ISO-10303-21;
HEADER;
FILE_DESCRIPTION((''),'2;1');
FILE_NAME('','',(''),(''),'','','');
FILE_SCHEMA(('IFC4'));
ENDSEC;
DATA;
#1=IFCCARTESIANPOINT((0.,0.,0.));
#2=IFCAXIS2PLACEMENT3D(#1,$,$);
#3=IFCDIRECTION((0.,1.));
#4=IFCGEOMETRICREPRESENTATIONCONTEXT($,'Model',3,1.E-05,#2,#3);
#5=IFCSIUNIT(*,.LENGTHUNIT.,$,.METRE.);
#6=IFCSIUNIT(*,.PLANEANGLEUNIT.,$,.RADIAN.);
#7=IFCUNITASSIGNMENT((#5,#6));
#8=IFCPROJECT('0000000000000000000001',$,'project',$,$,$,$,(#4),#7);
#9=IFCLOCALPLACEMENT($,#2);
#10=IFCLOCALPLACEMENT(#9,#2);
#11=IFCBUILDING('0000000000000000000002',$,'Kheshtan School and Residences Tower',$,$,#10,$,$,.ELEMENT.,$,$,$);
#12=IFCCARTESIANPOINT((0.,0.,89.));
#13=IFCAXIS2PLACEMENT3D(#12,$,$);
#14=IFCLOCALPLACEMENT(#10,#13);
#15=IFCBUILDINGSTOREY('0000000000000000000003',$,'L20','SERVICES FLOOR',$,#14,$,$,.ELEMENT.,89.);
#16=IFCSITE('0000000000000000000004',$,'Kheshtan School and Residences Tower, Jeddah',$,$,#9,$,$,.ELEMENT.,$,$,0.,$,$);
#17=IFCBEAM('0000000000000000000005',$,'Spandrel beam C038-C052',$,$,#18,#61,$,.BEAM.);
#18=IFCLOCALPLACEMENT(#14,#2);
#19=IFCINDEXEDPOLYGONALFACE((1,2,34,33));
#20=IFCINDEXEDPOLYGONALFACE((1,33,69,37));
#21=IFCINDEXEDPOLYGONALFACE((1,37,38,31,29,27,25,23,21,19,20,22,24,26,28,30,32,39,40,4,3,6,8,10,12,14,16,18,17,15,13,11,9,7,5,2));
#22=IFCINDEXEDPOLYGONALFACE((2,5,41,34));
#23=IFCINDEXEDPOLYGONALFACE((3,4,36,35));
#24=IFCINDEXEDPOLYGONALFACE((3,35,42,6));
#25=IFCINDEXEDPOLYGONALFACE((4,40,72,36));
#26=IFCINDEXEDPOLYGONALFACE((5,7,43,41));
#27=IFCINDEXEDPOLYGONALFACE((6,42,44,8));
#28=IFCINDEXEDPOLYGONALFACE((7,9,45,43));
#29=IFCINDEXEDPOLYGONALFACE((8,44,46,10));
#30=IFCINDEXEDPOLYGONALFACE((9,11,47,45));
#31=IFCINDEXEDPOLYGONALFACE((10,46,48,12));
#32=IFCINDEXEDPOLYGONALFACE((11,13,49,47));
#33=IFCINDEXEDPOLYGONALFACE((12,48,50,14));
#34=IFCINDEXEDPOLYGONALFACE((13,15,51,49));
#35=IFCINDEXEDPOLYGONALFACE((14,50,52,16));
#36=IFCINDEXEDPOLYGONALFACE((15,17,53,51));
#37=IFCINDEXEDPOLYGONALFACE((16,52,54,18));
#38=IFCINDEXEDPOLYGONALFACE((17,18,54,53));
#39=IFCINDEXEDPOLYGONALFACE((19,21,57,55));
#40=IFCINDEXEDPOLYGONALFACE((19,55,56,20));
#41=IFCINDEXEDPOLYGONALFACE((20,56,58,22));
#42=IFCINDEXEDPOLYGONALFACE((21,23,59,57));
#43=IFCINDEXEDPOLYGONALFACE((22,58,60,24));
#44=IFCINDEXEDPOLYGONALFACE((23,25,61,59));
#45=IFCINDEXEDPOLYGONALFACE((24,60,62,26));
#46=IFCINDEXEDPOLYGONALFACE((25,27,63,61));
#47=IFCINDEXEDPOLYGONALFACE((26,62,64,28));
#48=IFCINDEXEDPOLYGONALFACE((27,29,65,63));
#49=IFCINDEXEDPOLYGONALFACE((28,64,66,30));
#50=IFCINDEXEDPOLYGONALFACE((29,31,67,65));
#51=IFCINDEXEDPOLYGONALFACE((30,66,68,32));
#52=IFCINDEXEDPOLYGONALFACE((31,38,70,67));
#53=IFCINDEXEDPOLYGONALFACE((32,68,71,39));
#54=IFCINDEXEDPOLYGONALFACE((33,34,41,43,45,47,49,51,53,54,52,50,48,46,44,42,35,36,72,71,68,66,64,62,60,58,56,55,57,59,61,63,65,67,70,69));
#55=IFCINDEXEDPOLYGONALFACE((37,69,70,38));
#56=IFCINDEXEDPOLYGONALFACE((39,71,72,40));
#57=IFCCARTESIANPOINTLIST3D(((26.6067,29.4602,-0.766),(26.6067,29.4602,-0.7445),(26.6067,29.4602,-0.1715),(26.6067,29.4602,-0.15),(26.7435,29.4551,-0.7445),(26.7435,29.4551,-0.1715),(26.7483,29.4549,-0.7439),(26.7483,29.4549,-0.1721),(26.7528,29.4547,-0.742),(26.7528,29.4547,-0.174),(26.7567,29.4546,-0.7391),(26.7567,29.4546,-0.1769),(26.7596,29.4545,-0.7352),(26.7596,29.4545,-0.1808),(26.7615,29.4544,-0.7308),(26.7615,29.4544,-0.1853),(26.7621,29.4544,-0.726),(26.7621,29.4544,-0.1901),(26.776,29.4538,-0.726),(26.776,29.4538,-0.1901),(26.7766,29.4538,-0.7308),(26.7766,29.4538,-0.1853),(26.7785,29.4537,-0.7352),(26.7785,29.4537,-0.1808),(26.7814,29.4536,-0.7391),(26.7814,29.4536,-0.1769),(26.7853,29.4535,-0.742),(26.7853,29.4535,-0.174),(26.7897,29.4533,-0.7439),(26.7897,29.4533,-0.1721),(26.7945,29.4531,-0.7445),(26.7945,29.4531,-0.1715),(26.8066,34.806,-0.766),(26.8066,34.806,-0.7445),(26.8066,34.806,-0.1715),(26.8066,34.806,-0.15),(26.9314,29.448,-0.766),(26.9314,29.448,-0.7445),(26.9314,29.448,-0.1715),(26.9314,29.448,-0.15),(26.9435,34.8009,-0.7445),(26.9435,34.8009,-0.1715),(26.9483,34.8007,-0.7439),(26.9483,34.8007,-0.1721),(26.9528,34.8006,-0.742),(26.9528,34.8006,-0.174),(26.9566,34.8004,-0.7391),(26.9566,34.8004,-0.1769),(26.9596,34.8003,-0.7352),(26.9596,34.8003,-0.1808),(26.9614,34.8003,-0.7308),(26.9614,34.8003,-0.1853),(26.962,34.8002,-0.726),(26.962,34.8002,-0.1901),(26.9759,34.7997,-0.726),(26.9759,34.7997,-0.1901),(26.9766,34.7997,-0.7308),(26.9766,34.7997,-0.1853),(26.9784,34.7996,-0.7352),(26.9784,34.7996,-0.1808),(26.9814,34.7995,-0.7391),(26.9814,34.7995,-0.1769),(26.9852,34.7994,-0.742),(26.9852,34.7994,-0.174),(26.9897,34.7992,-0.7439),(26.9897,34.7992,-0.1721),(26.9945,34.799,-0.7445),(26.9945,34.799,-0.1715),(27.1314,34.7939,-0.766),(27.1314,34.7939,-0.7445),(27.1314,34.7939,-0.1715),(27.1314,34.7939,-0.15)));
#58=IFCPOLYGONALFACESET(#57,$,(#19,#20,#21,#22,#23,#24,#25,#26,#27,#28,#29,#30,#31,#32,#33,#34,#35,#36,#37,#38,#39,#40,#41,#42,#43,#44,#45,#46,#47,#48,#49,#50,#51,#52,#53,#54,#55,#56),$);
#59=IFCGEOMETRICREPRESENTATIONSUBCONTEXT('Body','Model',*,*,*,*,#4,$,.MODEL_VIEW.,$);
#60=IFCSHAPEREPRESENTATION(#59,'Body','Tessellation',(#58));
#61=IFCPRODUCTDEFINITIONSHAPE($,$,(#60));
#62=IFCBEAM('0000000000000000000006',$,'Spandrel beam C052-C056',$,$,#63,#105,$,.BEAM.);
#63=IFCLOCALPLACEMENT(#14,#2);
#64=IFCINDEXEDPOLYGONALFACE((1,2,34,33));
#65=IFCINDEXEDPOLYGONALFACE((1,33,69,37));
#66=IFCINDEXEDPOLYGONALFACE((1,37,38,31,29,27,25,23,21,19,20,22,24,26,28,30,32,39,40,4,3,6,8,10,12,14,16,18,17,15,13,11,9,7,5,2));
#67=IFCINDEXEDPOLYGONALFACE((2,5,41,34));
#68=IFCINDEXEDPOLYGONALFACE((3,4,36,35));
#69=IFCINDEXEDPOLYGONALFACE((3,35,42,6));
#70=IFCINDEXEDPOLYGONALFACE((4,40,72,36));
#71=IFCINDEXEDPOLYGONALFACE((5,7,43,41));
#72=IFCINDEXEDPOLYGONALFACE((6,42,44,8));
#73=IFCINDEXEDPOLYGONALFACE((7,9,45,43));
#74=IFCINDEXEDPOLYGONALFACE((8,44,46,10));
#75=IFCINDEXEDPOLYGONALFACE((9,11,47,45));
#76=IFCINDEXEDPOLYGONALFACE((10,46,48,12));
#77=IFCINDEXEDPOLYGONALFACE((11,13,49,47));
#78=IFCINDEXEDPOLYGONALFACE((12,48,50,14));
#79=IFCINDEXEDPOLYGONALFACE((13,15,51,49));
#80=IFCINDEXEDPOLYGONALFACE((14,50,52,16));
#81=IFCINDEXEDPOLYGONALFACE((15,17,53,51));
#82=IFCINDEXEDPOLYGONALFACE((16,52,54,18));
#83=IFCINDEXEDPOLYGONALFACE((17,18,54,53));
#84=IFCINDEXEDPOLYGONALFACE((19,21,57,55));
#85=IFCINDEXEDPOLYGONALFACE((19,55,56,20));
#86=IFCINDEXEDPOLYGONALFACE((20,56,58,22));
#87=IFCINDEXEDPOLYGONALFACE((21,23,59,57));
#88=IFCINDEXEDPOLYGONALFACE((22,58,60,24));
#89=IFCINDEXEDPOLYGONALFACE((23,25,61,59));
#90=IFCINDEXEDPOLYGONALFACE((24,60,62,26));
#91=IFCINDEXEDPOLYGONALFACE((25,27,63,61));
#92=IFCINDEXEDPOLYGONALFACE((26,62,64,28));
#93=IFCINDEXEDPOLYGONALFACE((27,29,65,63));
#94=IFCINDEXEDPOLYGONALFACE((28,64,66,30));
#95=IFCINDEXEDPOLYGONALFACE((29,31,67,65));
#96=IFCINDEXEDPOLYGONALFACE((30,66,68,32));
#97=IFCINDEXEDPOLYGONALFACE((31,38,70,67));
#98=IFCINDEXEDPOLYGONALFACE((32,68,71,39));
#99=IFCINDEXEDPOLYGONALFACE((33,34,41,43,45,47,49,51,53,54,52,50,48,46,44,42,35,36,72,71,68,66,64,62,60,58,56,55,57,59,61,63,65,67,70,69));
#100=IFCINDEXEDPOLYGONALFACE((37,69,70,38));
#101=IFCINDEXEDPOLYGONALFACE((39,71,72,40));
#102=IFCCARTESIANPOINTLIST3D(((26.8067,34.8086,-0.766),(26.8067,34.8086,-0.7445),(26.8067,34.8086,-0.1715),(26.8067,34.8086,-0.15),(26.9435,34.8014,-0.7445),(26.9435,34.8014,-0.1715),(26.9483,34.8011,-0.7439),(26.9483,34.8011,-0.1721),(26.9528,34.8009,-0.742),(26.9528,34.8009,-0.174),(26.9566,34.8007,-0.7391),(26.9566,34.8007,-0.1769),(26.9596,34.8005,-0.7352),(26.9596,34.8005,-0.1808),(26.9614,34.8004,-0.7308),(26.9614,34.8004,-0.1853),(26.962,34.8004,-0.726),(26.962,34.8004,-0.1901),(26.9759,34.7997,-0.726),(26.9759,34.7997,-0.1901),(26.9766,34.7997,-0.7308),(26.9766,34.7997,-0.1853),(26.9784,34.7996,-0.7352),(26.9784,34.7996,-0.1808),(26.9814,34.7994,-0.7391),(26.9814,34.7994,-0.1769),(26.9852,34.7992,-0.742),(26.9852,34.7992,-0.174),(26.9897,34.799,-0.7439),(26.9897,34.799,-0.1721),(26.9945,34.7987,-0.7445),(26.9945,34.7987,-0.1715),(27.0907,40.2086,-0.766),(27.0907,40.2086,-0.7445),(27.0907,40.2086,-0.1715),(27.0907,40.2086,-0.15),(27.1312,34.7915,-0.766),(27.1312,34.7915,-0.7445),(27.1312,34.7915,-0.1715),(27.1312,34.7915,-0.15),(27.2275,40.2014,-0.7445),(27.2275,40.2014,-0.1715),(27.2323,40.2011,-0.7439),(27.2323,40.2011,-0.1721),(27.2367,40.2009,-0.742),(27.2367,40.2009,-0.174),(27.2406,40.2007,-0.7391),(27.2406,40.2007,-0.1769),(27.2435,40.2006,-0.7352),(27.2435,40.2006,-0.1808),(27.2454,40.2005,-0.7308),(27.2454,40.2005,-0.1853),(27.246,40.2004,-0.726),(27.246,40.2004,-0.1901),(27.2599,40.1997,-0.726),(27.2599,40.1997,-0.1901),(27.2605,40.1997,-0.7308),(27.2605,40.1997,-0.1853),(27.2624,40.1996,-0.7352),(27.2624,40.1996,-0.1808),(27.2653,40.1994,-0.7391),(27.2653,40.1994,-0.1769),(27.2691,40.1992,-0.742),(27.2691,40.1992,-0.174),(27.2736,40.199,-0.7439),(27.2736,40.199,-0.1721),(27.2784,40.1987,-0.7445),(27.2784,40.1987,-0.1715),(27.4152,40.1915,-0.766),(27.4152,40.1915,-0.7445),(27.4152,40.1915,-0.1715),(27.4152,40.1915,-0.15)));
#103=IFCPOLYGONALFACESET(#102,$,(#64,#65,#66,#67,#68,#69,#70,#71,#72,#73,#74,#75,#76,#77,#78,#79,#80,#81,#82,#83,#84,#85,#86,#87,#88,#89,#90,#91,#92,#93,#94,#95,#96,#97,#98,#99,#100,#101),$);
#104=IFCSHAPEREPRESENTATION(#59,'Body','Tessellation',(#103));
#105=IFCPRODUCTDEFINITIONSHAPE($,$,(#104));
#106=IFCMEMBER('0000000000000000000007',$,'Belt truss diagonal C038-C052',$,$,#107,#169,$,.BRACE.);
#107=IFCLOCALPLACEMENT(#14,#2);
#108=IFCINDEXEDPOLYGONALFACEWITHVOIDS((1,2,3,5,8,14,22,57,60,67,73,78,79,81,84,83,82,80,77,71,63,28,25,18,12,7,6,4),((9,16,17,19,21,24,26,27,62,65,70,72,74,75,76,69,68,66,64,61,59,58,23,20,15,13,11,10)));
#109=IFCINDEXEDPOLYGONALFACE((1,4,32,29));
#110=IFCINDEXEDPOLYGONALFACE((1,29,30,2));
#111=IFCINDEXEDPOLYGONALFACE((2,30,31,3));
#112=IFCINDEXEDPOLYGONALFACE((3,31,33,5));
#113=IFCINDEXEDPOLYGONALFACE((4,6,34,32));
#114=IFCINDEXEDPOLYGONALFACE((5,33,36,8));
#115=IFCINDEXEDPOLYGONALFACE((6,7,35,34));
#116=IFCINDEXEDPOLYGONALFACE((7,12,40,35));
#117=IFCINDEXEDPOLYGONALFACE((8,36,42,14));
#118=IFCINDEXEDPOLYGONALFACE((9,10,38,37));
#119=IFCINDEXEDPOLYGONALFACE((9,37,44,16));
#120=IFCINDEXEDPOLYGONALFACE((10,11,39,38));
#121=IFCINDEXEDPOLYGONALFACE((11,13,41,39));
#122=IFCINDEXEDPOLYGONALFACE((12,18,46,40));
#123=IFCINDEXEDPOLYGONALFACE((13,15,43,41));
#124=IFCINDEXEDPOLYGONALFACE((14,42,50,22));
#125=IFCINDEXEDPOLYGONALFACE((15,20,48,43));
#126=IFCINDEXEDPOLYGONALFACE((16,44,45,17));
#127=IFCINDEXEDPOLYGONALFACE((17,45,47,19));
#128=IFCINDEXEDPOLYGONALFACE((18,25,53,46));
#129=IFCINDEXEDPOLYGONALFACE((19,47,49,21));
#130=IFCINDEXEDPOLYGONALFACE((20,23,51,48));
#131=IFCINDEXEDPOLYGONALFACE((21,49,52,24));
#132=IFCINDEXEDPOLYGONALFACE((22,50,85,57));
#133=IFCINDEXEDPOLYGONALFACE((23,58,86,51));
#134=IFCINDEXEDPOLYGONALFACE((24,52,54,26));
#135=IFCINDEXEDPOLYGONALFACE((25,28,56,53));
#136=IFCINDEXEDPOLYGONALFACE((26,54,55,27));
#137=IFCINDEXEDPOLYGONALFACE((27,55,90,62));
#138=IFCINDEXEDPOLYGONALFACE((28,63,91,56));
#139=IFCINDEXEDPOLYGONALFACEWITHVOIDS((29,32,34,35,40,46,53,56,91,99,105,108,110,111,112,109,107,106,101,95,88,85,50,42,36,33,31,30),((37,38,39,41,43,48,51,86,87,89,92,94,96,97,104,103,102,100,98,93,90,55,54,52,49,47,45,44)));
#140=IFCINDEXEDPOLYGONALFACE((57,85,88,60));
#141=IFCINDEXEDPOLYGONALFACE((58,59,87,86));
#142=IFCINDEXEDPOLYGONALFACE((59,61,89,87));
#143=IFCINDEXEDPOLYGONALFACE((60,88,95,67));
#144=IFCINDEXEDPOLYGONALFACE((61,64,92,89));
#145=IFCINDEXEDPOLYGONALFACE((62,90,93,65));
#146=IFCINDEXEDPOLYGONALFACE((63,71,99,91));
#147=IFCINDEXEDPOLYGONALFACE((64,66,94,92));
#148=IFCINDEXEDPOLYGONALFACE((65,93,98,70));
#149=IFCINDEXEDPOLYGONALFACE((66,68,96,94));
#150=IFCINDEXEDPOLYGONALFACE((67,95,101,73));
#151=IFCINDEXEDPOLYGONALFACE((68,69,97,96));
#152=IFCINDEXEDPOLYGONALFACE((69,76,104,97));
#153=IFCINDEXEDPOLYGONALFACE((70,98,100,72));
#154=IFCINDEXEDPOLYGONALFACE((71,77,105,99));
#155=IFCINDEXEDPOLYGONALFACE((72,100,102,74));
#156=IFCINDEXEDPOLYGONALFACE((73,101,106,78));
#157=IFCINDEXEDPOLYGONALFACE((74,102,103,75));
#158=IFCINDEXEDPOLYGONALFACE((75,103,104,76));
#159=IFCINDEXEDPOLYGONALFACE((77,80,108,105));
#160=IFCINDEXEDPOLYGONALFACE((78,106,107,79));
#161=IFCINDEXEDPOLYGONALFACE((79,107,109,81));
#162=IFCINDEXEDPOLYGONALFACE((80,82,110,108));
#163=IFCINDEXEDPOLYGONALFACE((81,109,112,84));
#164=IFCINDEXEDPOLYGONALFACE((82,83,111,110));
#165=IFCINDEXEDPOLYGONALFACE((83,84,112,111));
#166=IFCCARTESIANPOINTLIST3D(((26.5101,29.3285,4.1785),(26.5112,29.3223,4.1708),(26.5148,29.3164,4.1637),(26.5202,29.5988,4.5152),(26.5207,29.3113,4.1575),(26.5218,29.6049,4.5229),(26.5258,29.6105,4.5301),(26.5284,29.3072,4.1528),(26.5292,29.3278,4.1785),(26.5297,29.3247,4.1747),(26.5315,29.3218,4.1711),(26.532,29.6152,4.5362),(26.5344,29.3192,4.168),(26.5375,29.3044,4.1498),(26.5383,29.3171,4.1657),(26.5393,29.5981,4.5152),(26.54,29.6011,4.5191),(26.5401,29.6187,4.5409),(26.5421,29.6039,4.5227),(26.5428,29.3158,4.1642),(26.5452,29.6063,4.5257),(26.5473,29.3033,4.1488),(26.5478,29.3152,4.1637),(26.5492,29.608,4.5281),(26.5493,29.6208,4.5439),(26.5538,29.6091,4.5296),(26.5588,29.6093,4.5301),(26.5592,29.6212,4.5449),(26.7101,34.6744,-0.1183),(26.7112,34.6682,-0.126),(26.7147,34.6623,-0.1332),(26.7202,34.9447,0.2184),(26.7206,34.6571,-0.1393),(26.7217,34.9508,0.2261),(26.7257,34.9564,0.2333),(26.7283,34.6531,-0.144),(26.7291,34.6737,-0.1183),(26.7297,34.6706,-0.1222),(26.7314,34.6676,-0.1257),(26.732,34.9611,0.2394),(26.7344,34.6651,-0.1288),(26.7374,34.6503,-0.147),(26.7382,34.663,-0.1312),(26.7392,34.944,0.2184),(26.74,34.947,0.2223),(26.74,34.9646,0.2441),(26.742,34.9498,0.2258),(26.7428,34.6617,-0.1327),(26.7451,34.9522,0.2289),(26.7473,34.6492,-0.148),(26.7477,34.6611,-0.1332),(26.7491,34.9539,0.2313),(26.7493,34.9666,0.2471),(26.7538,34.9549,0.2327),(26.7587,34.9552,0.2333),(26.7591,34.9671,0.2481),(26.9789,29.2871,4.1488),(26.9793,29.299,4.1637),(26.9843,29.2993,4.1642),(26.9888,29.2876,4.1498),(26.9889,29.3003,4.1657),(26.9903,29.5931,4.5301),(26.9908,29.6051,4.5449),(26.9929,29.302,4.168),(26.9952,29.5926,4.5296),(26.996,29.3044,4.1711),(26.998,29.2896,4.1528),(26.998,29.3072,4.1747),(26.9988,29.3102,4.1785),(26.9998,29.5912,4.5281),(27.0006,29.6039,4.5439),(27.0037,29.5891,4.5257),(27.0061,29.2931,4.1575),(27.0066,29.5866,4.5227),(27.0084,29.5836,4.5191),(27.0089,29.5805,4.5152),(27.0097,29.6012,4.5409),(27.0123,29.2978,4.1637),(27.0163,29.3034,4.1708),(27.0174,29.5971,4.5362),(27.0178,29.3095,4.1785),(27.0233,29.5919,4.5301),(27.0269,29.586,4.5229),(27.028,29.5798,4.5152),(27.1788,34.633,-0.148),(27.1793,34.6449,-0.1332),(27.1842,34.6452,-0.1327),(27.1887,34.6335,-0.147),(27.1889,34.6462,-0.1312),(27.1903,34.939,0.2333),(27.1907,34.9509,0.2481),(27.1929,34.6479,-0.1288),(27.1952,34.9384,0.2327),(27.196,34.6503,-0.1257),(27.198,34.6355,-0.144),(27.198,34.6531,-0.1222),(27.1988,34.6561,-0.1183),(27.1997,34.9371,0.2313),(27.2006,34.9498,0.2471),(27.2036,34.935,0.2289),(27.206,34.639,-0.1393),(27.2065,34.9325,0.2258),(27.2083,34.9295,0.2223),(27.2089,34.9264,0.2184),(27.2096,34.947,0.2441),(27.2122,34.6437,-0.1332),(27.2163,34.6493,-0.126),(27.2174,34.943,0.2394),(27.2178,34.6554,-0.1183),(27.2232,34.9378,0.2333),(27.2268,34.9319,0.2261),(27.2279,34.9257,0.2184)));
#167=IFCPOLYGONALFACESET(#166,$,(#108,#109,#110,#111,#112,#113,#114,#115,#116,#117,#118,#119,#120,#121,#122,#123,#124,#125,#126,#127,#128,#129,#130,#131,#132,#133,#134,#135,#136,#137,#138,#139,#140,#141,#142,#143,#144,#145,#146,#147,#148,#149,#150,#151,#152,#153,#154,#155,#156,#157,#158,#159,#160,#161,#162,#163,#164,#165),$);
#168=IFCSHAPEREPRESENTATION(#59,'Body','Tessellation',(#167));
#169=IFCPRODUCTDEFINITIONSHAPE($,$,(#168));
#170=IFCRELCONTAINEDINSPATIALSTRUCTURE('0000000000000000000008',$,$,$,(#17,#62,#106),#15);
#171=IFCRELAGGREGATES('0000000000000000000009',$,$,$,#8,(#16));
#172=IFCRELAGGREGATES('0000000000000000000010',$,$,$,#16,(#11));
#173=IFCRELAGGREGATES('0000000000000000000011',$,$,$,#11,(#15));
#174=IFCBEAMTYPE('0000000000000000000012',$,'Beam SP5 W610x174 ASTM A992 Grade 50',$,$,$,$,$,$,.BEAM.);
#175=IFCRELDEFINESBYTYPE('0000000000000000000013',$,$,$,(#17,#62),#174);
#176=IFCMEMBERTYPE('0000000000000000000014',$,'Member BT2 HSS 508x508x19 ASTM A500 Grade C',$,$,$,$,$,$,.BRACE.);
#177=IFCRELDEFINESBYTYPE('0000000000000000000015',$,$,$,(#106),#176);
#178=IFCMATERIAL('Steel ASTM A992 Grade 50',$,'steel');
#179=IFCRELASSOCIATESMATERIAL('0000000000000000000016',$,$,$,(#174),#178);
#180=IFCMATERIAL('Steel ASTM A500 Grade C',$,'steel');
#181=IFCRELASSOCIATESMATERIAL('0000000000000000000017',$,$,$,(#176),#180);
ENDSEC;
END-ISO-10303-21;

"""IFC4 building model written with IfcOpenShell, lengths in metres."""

from ifc_helpers import new_model, si_unit, direction, frame, origin, origin_2d, place, context, subcontext, project, spatial, hollow_rectangle, i_section, extrude, material, material_profile, profile_set, type_object, element, save


model = new_model("IFC4")

# Units and contexts
model_context = context("Model", 3, precision=1e-05, world=origin(), true_north=direction((0.0, 1.0)))
body_context = subcontext(model_context, "Body", "Model", "MODEL_VIEW")
ifc_project = project(units=[si_unit("LENGTHUNIT", "METRE"), si_unit("PLANEANGLEUNIT", "RADIAN")], contexts=[model_context])

# Site, building, storey
site_placement = place(None, origin())
site = spatial("IfcSite", under=ifc_project, at=site_placement, Name="Kheshtan School and Residences Tower, Jeddah", CompositionType="ELEMENT", RefElevation=0.0)
building_placement = place(site_placement, origin())
building = spatial("IfcBuilding", under=site, at=building_placement, Name="Kheshtan School and Residences Tower", CompositionType="ELEMENT")
storey_placement = place(building_placement, frame((0.0, 0.0, 89.0)))
storey = spatial("IfcBuildingStorey", under=building, at=storey_placement, Name="L20", Description="SERVICES FLOOR", CompositionType="ELEMENT", Elevation=89.0)

# Shared definitions
ifc_material_1 = material(Name="Steel ASTM A992 Grade 50", Category="steel")

# Beams
ifc_material_profile_1 = material_profile(ifc_material_1, i_section(OverallWidth=0.325, OverallDepth=0.616, WebThickness=0.0139, FlangeThickness=0.0215, FilletRadius=0.0186, at=origin_2d()), Name="W610x174")
ifc_profile_set_1 = profile_set([ifc_material_profile_1], Name="Steel ASTM A992 Grade 50")
beam_type_1 = type_object("IfcBeamType", Name="Beam SP5 W610x174 ASTM A992 Grade 50", PredefinedType="BEAM", material=ifc_profile_set_1)
beam_1_placement = place(storey_placement, frame((26.769, 29.4541, -0.458), z_axis=(0.037376, 0.999301, 0.0), x_axis=(-0.999301, 0.037376, 0.0)))
element("IfcBeam", 1, at=beam_1_placement, inside=storey, type_object=beam_type_1, Name="Spandrel beam C038-C052", PredefinedType="BEAM", context=body_context, shape_type="SweptSolid", body=[
    extrude(i_section(OverallWidth=0.325, OverallDepth=0.616, WebThickness=0.0139, FlangeThickness=0.0215, FilletRadius=0.0186, at=origin_2d()), origin(), (0.0, 0.0, 1.0), 5.3496),
])
beam_2_placement = place(storey_placement, frame((26.969, 34.8, -0.458), z_axis=(0.052509, 0.99862, 0.0), x_axis=(-0.99862, 0.052509, 0.0)))
element("IfcBeam", 2, at=beam_2_placement, inside=storey, type_object=beam_type_1, Name="Spandrel beam C052-C056", PredefinedType="BEAM", context=body_context, shape_type="SweptSolid", body=[
    extrude(i_section(OverallWidth=0.325, OverallDepth=0.616, WebThickness=0.0139, FlangeThickness=0.0215, FilletRadius=0.0186, at=origin_2d()), origin(), (0.0, 0.0, 1.0), 5.4075),
])

# Member
ifc_material_2 = material(Name="Steel ASTM A500 Grade C", Category="steel")
ifc_material_profile_2 = material_profile(ifc_material_2, hollow_rectangle(XDim=0.5081, YDim=0.5081, WallThickness=0.019, InnerFilletRadius=0.019, OuterFilletRadius=0.0381, at=origin_2d()), Name="HSS 508x508x19")
ifc_profile_set_2 = profile_set([ifc_material_profile_2], Name="Steel ASTM A500 Grade C")
member_type_1 = type_object("IfcMemberType", Name="Member BT2 HSS 508x508x19 ASTM A500 Grade C", PredefinedType="BRACE", material=ifc_profile_set_2)
member_1_placement = place(storey_placement, frame((26.969, 34.8, 0.05), z_axis=(-0.02914, -0.779105, 0.626216), x_axis=(0.999301, -0.037376, 0.0)))
element("IfcMember", 3, at=member_1_placement, inside=storey, type_object=member_type_1, Name="Belt truss diagonal C038-C052", PredefinedType="BRACE", context=body_context, shape_type="SweptSolid", body=[
    extrude(hollow_rectangle(XDim=0.5081, YDim=0.5081, WallThickness=0.019, InnerFilletRadius=0.019, OuterFilletRadius=0.0381, at=origin_2d()), origin(), (0.0, 0.0, 1.0), 6.8616),
])

save(model, "model.ifc")
